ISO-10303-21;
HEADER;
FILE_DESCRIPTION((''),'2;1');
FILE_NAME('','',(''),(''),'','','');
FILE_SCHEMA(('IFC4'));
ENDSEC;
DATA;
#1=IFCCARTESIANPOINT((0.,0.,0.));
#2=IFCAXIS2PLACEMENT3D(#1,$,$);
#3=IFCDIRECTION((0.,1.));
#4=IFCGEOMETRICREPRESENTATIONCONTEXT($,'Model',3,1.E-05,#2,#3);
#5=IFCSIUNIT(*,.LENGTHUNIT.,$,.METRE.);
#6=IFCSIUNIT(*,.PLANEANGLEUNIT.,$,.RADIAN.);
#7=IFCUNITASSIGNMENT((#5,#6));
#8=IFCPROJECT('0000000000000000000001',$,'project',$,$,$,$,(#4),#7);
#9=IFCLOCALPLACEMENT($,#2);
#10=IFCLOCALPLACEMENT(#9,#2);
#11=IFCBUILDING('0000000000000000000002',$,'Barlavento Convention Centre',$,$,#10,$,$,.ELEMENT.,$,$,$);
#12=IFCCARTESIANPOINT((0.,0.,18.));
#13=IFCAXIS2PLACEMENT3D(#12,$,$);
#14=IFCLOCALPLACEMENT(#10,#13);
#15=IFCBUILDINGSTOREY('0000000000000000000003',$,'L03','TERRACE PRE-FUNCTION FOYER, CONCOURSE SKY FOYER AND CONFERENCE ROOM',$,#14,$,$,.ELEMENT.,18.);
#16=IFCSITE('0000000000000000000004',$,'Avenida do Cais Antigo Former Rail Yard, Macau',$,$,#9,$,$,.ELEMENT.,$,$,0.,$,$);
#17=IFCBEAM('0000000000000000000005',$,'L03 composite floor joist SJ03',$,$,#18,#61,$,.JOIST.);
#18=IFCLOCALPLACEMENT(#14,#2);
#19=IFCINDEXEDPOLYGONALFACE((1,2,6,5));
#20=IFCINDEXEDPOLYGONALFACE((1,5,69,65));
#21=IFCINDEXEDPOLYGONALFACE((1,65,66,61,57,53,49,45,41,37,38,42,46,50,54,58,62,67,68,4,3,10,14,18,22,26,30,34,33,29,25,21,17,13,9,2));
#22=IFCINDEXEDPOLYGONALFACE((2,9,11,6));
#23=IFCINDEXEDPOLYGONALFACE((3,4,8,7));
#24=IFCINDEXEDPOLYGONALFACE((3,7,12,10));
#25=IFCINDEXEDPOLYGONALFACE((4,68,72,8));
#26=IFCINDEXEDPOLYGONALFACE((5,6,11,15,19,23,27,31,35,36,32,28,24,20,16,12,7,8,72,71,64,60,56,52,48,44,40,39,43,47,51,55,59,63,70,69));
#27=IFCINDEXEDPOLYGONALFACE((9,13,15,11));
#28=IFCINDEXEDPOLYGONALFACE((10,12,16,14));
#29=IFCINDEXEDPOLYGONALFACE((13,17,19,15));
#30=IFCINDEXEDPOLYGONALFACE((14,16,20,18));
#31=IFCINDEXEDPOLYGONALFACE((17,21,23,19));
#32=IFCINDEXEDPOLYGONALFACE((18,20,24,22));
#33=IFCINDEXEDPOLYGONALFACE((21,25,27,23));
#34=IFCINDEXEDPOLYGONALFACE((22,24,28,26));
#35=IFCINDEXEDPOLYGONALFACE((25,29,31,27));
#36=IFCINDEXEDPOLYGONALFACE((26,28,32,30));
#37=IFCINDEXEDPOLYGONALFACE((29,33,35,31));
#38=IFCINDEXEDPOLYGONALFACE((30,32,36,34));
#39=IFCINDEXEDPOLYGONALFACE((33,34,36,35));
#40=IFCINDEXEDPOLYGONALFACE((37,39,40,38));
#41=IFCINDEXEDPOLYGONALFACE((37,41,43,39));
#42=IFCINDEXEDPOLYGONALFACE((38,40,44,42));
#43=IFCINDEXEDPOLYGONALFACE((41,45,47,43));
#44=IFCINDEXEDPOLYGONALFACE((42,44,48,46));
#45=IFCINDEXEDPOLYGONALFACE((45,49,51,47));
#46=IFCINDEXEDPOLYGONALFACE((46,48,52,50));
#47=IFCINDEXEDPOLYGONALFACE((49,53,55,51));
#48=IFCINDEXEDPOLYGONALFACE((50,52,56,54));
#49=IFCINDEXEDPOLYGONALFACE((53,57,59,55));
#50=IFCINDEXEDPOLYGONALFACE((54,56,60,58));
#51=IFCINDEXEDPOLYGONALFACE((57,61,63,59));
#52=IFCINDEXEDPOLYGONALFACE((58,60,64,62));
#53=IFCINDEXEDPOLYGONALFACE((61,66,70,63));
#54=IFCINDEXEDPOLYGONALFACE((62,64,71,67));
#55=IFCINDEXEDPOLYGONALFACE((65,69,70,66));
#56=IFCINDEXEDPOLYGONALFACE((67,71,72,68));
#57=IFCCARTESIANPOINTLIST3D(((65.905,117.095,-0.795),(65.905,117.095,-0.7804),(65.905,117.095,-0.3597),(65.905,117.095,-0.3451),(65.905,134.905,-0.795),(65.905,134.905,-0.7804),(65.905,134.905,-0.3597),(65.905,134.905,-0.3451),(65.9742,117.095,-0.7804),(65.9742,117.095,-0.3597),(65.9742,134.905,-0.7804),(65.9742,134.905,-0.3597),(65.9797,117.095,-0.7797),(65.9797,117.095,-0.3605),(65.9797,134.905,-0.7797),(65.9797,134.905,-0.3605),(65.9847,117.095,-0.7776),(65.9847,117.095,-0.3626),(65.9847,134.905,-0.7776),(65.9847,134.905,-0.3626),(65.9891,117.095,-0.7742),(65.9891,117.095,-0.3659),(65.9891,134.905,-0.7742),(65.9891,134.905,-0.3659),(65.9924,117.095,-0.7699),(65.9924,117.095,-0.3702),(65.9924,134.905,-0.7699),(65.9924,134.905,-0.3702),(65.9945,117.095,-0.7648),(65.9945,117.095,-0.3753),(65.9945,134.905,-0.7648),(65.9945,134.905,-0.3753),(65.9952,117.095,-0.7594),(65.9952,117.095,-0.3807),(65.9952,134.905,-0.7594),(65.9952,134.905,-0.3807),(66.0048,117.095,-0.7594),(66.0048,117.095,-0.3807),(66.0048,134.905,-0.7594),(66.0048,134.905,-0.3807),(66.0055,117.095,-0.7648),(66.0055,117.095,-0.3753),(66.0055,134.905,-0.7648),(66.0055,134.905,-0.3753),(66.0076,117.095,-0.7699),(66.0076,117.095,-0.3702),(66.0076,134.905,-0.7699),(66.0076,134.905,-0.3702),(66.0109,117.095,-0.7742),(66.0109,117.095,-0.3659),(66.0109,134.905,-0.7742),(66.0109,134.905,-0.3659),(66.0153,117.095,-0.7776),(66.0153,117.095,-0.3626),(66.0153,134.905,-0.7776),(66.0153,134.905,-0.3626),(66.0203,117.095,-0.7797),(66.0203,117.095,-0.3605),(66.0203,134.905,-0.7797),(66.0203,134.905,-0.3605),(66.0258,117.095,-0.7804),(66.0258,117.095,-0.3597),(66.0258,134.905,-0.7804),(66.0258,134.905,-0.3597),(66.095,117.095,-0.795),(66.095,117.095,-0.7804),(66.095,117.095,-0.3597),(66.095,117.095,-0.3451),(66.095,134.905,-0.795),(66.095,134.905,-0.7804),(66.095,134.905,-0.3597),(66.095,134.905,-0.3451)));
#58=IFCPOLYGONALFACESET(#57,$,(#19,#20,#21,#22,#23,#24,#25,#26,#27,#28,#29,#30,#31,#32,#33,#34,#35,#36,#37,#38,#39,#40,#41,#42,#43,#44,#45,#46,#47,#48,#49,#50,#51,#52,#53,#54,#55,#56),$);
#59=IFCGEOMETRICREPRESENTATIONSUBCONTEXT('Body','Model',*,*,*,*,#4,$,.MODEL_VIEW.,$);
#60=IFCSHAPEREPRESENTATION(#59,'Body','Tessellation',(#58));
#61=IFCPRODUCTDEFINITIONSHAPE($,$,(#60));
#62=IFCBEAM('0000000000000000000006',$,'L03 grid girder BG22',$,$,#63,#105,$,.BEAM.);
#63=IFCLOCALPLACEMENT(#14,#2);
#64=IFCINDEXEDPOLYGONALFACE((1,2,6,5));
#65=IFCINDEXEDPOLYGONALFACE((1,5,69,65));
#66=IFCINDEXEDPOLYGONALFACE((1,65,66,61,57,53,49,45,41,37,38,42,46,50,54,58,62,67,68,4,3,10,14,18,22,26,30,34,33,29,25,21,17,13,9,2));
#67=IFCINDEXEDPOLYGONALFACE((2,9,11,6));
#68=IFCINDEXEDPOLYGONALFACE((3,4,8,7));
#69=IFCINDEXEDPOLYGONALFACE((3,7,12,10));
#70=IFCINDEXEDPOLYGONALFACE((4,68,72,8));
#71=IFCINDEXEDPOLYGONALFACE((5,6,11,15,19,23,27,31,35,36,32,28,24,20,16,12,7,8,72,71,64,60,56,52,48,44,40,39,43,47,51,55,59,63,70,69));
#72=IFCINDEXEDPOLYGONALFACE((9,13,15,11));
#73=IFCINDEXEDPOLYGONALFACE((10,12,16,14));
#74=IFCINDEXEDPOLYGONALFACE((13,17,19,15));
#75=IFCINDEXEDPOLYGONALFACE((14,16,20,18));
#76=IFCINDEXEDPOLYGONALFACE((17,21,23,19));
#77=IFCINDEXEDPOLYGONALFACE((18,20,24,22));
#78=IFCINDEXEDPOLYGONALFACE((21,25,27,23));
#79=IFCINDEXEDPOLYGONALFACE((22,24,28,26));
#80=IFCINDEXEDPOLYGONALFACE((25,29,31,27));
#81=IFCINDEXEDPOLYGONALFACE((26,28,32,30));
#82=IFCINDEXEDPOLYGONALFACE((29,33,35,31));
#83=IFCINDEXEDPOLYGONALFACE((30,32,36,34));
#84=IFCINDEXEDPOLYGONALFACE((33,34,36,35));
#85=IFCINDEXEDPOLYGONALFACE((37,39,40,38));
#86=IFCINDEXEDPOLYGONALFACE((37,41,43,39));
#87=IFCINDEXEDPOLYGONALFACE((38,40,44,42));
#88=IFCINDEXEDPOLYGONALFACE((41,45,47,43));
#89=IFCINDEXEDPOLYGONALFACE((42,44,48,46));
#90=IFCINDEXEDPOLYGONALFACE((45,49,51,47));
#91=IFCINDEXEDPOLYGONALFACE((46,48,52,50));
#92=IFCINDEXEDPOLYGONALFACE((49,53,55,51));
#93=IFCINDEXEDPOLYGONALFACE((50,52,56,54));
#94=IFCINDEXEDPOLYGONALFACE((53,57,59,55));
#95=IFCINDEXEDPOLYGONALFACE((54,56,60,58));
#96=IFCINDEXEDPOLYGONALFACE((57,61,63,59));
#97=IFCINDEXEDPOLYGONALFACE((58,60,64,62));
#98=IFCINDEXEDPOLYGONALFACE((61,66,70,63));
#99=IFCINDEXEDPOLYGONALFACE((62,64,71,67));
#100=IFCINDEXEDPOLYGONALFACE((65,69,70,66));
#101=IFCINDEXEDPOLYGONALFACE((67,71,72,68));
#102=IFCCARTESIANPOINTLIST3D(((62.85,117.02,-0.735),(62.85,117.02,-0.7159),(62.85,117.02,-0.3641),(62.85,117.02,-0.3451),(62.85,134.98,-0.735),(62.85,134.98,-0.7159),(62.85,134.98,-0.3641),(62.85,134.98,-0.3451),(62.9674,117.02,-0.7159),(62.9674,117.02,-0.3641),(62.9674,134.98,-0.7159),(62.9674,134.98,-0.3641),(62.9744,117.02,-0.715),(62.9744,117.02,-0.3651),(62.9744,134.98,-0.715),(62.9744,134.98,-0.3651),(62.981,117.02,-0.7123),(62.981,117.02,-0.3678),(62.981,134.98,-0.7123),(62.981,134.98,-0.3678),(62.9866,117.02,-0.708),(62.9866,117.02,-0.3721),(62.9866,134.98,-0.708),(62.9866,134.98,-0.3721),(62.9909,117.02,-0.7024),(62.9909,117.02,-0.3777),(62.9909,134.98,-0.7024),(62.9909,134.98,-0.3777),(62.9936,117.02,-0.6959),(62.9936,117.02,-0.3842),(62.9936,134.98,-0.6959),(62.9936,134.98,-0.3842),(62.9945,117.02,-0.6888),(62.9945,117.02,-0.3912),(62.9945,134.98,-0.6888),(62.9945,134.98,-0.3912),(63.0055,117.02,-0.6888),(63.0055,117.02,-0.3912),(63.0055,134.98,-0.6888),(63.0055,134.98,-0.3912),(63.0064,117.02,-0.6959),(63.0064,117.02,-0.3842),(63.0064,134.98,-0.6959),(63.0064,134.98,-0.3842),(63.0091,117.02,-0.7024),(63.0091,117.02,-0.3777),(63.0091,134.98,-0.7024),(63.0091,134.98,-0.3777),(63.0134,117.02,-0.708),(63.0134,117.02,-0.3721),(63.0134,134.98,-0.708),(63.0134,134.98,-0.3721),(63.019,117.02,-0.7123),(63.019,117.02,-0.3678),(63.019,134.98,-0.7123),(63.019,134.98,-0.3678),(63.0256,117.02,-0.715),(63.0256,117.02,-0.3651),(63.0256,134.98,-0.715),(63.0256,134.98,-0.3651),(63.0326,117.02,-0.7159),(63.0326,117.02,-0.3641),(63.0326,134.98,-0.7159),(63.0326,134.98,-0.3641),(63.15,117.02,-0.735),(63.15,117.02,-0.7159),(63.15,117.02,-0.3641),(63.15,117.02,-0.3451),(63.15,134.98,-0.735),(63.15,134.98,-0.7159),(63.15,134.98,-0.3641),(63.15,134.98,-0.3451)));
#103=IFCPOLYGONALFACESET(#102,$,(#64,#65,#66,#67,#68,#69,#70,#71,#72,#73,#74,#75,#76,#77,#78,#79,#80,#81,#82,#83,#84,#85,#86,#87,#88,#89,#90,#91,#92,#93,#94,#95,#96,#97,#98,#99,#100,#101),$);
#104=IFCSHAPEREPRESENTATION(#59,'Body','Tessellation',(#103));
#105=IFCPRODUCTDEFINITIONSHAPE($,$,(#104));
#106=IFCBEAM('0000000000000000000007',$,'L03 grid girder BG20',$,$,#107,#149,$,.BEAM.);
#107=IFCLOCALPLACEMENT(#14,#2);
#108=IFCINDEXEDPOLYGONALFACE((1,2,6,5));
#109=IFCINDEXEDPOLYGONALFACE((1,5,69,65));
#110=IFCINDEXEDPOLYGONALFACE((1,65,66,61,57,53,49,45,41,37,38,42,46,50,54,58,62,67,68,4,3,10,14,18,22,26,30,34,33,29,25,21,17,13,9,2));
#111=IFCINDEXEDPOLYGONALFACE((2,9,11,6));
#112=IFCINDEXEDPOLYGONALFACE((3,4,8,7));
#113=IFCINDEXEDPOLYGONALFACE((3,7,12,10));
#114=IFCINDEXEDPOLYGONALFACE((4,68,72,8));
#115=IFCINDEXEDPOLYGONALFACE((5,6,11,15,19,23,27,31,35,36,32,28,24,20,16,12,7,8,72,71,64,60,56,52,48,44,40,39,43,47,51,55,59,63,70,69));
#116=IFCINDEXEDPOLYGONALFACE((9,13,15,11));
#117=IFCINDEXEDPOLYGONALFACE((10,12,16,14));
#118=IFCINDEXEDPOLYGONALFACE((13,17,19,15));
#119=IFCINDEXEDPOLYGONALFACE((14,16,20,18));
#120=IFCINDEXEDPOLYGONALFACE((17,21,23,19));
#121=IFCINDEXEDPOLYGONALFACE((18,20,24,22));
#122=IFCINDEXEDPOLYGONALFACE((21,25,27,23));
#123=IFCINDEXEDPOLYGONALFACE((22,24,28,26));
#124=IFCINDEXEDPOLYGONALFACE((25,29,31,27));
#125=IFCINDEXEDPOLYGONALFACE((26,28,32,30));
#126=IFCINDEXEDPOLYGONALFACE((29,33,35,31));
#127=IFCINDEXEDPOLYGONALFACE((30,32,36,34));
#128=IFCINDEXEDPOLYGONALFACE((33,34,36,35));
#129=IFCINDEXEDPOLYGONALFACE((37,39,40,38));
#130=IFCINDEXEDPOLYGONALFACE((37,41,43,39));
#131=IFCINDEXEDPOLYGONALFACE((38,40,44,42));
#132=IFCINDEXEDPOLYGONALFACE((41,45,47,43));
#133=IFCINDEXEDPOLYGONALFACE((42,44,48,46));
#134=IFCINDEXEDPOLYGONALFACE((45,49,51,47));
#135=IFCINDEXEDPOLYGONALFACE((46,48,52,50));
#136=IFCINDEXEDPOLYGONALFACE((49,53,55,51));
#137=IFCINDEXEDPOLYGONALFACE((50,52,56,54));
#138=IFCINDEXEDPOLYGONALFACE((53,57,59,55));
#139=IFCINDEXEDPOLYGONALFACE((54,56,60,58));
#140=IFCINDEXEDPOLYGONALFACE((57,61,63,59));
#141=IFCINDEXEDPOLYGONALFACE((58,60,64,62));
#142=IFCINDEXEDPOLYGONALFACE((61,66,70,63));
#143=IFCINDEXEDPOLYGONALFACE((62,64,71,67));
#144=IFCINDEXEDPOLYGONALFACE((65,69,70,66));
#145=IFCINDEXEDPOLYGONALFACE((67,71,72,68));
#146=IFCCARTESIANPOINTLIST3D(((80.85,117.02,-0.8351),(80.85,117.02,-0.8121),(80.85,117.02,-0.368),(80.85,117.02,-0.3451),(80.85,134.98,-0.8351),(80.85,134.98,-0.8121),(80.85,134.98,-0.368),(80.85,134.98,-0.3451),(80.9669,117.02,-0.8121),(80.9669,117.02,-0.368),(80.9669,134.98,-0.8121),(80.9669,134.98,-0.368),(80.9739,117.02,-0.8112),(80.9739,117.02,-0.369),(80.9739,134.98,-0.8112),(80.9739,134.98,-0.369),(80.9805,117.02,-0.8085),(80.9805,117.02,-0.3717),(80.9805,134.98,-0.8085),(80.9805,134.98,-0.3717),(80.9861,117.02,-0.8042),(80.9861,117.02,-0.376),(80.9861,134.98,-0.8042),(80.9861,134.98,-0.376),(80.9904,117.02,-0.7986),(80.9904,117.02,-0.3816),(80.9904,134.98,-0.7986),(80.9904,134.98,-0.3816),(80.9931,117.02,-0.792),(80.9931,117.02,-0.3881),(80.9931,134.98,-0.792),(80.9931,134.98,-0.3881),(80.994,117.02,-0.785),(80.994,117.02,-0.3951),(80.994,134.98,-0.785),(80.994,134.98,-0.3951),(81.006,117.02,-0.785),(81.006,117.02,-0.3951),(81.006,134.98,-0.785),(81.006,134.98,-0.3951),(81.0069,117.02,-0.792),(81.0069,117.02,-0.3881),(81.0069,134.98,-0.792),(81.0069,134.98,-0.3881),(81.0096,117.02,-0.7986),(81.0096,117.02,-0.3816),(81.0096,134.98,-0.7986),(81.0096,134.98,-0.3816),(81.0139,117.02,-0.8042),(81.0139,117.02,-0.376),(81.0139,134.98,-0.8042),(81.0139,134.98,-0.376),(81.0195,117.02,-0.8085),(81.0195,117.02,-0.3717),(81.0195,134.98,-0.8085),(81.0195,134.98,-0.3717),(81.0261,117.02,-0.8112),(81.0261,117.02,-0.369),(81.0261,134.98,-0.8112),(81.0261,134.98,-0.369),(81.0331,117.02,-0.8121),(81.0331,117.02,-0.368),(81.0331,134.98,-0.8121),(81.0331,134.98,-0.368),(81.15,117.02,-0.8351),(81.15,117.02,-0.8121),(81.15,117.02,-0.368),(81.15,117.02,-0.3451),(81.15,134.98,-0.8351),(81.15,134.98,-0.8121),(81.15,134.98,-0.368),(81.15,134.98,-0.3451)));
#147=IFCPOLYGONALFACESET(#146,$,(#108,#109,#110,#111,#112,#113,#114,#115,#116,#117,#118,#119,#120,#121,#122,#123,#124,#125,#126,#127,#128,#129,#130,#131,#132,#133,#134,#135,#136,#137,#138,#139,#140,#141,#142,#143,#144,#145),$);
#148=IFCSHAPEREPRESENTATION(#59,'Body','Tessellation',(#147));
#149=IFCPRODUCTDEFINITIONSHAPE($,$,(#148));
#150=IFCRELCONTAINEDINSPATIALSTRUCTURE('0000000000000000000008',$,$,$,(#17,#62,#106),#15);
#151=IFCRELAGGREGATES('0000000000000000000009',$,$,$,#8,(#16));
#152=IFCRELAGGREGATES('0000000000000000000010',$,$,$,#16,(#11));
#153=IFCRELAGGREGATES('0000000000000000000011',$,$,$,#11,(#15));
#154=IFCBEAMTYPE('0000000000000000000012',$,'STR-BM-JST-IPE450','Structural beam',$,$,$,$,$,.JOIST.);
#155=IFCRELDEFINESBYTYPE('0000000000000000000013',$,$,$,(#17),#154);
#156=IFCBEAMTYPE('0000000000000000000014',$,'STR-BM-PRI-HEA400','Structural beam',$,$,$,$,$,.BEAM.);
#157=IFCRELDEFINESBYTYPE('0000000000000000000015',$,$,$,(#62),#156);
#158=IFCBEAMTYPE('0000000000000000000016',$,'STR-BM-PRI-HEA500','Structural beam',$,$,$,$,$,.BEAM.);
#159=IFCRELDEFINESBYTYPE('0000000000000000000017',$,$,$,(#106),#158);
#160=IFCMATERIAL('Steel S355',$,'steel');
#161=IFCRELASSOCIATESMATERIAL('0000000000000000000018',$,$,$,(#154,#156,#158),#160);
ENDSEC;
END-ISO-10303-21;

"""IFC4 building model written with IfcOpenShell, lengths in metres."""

from ifc_helpers import new_model, si_unit, direction, frame, origin, origin_2d, place, context, subcontext, project, spatial, i_section, extrude, material, material_profile, profile_set, type_object, element, save


model = new_model("IFC4")

# Units and contexts
model_context = context("Model", 3, precision=1e-05, world=origin(), true_north=direction((0.0, 1.0)))
body_context = subcontext(model_context, "Body", "Model", "MODEL_VIEW")
ifc_project = project(units=[si_unit("LENGTHUNIT", "METRE"), si_unit("PLANEANGLEUNIT", "RADIAN")], contexts=[model_context])

# Site, building, storey
site_placement = place(None, origin())
site = spatial("IfcSite", under=ifc_project, at=site_placement, Name="Avenida do Cais Antigo Former Rail Yard, Macau", CompositionType="ELEMENT", RefElevation=0.0)
building_placement = place(site_placement, origin())
building = spatial("IfcBuilding", under=site, at=building_placement, Name="Barlavento Convention Centre", CompositionType="ELEMENT")
storey_placement = place(building_placement, frame((0.0, 0.0, 18.0)))
storey = spatial("IfcBuildingStorey", under=building, at=storey_placement, Name="L03", Description="TERRACE PRE-FUNCTION FOYER, CONCOURSE SKY FOYER AND CONFERENCE ROOM", CompositionType="ELEMENT", Elevation=18.0)

# Beams
ifc_material_1 = material(Name="Steel S355", Category="steel")
ifc_material_profile_1 = material_profile(ifc_material_1, i_section(OverallWidth=0.1899, OverallDepth=0.45, WebThickness=0.0095, FlangeThickness=0.0146, FilletRadius=0.021, at=origin_2d()), Name="IPE 450")
ifc_profile_set_1 = profile_set([ifc_material_profile_1], Name="Steel S355")
beam_type_1 = type_object("IfcBeamType", Name="STR-BM-JST-IPE450", Description="Structural beam", PredefinedType="JOIST", material=ifc_profile_set_1)
beam_1_placement = place(storey_placement, frame((66.0, 117.095, -0.5701), z_axis=(0.0, 1.0, 0.0), x_axis=(-1.0, 0.0, 0.0)))
element("IfcBeam", 1, at=beam_1_placement, inside=storey, type_object=beam_type_1, Name="L03 composite floor joist SJ03", PredefinedType="JOIST", context=body_context, shape_type="SweptSolid", body=[
    extrude(i_section(OverallWidth=0.1899, OverallDepth=0.45, WebThickness=0.0095, FlangeThickness=0.0146, FilletRadius=0.021, at=origin_2d()), origin(), (0.0, 0.0, 1.0), 17.8101),
])
ifc_material_profile_2 = material_profile(ifc_material_1, i_section(OverallWidth=0.3, OverallDepth=0.3899, WebThickness=0.011, FlangeThickness=0.019, FilletRadius=0.0271, at=origin_2d()), Name="HEA 400")
ifc_profile_set_2 = profile_set([ifc_material_profile_2], Name="Steel S355")
beam_type_2 = type_object("IfcBeamType", Name="STR-BM-PRI-HEA400", Description="Structural beam", PredefinedType="BEAM", material=ifc_profile_set_2)
beam_2_placement = place(storey_placement, frame((63.0, 117.02, -0.54), z_axis=(0.0, 1.0, 0.0), x_axis=(-1.0, 0.0, 0.0)))
element("IfcBeam", 2, at=beam_2_placement, inside=storey, type_object=beam_type_2, Name="L03 grid girder BG22", PredefinedType="BEAM", context=body_context, shape_type="SweptSolid", body=[
    extrude(i_section(OverallWidth=0.3, OverallDepth=0.3899, WebThickness=0.011, FlangeThickness=0.019, FilletRadius=0.0271, at=origin_2d()), origin(), (0.0, 0.0, 1.0), 17.96),
])
ifc_material_profile_3 = material_profile(ifc_material_1, i_section(OverallWidth=0.3, OverallDepth=0.49, WebThickness=0.012, FlangeThickness=0.0229, FilletRadius=0.0271, at=origin_2d()), Name="HEA 500")
ifc_profile_set_3 = profile_set([ifc_material_profile_3], Name="Steel S355")
beam_type_3 = type_object("IfcBeamType", Name="STR-BM-PRI-HEA500", Description="Structural beam", PredefinedType="BEAM", material=ifc_profile_set_3)
beam_3_placement = place(storey_placement, frame((81.0, 117.02, -0.5901), z_axis=(0.0, 1.0, 0.0), x_axis=(-1.0, 0.0, 0.0)))
element("IfcBeam", 3, at=beam_3_placement, inside=storey, type_object=beam_type_3, Name="L03 grid girder BG20", PredefinedType="BEAM", context=body_context, shape_type="SweptSolid", body=[
    extrude(i_section(OverallWidth=0.3, OverallDepth=0.49, WebThickness=0.012, FlangeThickness=0.0229, FilletRadius=0.0271, at=origin_2d()), origin(), (0.0, 0.0, 1.0), 17.96),
])

save(model, "model.ifc")
